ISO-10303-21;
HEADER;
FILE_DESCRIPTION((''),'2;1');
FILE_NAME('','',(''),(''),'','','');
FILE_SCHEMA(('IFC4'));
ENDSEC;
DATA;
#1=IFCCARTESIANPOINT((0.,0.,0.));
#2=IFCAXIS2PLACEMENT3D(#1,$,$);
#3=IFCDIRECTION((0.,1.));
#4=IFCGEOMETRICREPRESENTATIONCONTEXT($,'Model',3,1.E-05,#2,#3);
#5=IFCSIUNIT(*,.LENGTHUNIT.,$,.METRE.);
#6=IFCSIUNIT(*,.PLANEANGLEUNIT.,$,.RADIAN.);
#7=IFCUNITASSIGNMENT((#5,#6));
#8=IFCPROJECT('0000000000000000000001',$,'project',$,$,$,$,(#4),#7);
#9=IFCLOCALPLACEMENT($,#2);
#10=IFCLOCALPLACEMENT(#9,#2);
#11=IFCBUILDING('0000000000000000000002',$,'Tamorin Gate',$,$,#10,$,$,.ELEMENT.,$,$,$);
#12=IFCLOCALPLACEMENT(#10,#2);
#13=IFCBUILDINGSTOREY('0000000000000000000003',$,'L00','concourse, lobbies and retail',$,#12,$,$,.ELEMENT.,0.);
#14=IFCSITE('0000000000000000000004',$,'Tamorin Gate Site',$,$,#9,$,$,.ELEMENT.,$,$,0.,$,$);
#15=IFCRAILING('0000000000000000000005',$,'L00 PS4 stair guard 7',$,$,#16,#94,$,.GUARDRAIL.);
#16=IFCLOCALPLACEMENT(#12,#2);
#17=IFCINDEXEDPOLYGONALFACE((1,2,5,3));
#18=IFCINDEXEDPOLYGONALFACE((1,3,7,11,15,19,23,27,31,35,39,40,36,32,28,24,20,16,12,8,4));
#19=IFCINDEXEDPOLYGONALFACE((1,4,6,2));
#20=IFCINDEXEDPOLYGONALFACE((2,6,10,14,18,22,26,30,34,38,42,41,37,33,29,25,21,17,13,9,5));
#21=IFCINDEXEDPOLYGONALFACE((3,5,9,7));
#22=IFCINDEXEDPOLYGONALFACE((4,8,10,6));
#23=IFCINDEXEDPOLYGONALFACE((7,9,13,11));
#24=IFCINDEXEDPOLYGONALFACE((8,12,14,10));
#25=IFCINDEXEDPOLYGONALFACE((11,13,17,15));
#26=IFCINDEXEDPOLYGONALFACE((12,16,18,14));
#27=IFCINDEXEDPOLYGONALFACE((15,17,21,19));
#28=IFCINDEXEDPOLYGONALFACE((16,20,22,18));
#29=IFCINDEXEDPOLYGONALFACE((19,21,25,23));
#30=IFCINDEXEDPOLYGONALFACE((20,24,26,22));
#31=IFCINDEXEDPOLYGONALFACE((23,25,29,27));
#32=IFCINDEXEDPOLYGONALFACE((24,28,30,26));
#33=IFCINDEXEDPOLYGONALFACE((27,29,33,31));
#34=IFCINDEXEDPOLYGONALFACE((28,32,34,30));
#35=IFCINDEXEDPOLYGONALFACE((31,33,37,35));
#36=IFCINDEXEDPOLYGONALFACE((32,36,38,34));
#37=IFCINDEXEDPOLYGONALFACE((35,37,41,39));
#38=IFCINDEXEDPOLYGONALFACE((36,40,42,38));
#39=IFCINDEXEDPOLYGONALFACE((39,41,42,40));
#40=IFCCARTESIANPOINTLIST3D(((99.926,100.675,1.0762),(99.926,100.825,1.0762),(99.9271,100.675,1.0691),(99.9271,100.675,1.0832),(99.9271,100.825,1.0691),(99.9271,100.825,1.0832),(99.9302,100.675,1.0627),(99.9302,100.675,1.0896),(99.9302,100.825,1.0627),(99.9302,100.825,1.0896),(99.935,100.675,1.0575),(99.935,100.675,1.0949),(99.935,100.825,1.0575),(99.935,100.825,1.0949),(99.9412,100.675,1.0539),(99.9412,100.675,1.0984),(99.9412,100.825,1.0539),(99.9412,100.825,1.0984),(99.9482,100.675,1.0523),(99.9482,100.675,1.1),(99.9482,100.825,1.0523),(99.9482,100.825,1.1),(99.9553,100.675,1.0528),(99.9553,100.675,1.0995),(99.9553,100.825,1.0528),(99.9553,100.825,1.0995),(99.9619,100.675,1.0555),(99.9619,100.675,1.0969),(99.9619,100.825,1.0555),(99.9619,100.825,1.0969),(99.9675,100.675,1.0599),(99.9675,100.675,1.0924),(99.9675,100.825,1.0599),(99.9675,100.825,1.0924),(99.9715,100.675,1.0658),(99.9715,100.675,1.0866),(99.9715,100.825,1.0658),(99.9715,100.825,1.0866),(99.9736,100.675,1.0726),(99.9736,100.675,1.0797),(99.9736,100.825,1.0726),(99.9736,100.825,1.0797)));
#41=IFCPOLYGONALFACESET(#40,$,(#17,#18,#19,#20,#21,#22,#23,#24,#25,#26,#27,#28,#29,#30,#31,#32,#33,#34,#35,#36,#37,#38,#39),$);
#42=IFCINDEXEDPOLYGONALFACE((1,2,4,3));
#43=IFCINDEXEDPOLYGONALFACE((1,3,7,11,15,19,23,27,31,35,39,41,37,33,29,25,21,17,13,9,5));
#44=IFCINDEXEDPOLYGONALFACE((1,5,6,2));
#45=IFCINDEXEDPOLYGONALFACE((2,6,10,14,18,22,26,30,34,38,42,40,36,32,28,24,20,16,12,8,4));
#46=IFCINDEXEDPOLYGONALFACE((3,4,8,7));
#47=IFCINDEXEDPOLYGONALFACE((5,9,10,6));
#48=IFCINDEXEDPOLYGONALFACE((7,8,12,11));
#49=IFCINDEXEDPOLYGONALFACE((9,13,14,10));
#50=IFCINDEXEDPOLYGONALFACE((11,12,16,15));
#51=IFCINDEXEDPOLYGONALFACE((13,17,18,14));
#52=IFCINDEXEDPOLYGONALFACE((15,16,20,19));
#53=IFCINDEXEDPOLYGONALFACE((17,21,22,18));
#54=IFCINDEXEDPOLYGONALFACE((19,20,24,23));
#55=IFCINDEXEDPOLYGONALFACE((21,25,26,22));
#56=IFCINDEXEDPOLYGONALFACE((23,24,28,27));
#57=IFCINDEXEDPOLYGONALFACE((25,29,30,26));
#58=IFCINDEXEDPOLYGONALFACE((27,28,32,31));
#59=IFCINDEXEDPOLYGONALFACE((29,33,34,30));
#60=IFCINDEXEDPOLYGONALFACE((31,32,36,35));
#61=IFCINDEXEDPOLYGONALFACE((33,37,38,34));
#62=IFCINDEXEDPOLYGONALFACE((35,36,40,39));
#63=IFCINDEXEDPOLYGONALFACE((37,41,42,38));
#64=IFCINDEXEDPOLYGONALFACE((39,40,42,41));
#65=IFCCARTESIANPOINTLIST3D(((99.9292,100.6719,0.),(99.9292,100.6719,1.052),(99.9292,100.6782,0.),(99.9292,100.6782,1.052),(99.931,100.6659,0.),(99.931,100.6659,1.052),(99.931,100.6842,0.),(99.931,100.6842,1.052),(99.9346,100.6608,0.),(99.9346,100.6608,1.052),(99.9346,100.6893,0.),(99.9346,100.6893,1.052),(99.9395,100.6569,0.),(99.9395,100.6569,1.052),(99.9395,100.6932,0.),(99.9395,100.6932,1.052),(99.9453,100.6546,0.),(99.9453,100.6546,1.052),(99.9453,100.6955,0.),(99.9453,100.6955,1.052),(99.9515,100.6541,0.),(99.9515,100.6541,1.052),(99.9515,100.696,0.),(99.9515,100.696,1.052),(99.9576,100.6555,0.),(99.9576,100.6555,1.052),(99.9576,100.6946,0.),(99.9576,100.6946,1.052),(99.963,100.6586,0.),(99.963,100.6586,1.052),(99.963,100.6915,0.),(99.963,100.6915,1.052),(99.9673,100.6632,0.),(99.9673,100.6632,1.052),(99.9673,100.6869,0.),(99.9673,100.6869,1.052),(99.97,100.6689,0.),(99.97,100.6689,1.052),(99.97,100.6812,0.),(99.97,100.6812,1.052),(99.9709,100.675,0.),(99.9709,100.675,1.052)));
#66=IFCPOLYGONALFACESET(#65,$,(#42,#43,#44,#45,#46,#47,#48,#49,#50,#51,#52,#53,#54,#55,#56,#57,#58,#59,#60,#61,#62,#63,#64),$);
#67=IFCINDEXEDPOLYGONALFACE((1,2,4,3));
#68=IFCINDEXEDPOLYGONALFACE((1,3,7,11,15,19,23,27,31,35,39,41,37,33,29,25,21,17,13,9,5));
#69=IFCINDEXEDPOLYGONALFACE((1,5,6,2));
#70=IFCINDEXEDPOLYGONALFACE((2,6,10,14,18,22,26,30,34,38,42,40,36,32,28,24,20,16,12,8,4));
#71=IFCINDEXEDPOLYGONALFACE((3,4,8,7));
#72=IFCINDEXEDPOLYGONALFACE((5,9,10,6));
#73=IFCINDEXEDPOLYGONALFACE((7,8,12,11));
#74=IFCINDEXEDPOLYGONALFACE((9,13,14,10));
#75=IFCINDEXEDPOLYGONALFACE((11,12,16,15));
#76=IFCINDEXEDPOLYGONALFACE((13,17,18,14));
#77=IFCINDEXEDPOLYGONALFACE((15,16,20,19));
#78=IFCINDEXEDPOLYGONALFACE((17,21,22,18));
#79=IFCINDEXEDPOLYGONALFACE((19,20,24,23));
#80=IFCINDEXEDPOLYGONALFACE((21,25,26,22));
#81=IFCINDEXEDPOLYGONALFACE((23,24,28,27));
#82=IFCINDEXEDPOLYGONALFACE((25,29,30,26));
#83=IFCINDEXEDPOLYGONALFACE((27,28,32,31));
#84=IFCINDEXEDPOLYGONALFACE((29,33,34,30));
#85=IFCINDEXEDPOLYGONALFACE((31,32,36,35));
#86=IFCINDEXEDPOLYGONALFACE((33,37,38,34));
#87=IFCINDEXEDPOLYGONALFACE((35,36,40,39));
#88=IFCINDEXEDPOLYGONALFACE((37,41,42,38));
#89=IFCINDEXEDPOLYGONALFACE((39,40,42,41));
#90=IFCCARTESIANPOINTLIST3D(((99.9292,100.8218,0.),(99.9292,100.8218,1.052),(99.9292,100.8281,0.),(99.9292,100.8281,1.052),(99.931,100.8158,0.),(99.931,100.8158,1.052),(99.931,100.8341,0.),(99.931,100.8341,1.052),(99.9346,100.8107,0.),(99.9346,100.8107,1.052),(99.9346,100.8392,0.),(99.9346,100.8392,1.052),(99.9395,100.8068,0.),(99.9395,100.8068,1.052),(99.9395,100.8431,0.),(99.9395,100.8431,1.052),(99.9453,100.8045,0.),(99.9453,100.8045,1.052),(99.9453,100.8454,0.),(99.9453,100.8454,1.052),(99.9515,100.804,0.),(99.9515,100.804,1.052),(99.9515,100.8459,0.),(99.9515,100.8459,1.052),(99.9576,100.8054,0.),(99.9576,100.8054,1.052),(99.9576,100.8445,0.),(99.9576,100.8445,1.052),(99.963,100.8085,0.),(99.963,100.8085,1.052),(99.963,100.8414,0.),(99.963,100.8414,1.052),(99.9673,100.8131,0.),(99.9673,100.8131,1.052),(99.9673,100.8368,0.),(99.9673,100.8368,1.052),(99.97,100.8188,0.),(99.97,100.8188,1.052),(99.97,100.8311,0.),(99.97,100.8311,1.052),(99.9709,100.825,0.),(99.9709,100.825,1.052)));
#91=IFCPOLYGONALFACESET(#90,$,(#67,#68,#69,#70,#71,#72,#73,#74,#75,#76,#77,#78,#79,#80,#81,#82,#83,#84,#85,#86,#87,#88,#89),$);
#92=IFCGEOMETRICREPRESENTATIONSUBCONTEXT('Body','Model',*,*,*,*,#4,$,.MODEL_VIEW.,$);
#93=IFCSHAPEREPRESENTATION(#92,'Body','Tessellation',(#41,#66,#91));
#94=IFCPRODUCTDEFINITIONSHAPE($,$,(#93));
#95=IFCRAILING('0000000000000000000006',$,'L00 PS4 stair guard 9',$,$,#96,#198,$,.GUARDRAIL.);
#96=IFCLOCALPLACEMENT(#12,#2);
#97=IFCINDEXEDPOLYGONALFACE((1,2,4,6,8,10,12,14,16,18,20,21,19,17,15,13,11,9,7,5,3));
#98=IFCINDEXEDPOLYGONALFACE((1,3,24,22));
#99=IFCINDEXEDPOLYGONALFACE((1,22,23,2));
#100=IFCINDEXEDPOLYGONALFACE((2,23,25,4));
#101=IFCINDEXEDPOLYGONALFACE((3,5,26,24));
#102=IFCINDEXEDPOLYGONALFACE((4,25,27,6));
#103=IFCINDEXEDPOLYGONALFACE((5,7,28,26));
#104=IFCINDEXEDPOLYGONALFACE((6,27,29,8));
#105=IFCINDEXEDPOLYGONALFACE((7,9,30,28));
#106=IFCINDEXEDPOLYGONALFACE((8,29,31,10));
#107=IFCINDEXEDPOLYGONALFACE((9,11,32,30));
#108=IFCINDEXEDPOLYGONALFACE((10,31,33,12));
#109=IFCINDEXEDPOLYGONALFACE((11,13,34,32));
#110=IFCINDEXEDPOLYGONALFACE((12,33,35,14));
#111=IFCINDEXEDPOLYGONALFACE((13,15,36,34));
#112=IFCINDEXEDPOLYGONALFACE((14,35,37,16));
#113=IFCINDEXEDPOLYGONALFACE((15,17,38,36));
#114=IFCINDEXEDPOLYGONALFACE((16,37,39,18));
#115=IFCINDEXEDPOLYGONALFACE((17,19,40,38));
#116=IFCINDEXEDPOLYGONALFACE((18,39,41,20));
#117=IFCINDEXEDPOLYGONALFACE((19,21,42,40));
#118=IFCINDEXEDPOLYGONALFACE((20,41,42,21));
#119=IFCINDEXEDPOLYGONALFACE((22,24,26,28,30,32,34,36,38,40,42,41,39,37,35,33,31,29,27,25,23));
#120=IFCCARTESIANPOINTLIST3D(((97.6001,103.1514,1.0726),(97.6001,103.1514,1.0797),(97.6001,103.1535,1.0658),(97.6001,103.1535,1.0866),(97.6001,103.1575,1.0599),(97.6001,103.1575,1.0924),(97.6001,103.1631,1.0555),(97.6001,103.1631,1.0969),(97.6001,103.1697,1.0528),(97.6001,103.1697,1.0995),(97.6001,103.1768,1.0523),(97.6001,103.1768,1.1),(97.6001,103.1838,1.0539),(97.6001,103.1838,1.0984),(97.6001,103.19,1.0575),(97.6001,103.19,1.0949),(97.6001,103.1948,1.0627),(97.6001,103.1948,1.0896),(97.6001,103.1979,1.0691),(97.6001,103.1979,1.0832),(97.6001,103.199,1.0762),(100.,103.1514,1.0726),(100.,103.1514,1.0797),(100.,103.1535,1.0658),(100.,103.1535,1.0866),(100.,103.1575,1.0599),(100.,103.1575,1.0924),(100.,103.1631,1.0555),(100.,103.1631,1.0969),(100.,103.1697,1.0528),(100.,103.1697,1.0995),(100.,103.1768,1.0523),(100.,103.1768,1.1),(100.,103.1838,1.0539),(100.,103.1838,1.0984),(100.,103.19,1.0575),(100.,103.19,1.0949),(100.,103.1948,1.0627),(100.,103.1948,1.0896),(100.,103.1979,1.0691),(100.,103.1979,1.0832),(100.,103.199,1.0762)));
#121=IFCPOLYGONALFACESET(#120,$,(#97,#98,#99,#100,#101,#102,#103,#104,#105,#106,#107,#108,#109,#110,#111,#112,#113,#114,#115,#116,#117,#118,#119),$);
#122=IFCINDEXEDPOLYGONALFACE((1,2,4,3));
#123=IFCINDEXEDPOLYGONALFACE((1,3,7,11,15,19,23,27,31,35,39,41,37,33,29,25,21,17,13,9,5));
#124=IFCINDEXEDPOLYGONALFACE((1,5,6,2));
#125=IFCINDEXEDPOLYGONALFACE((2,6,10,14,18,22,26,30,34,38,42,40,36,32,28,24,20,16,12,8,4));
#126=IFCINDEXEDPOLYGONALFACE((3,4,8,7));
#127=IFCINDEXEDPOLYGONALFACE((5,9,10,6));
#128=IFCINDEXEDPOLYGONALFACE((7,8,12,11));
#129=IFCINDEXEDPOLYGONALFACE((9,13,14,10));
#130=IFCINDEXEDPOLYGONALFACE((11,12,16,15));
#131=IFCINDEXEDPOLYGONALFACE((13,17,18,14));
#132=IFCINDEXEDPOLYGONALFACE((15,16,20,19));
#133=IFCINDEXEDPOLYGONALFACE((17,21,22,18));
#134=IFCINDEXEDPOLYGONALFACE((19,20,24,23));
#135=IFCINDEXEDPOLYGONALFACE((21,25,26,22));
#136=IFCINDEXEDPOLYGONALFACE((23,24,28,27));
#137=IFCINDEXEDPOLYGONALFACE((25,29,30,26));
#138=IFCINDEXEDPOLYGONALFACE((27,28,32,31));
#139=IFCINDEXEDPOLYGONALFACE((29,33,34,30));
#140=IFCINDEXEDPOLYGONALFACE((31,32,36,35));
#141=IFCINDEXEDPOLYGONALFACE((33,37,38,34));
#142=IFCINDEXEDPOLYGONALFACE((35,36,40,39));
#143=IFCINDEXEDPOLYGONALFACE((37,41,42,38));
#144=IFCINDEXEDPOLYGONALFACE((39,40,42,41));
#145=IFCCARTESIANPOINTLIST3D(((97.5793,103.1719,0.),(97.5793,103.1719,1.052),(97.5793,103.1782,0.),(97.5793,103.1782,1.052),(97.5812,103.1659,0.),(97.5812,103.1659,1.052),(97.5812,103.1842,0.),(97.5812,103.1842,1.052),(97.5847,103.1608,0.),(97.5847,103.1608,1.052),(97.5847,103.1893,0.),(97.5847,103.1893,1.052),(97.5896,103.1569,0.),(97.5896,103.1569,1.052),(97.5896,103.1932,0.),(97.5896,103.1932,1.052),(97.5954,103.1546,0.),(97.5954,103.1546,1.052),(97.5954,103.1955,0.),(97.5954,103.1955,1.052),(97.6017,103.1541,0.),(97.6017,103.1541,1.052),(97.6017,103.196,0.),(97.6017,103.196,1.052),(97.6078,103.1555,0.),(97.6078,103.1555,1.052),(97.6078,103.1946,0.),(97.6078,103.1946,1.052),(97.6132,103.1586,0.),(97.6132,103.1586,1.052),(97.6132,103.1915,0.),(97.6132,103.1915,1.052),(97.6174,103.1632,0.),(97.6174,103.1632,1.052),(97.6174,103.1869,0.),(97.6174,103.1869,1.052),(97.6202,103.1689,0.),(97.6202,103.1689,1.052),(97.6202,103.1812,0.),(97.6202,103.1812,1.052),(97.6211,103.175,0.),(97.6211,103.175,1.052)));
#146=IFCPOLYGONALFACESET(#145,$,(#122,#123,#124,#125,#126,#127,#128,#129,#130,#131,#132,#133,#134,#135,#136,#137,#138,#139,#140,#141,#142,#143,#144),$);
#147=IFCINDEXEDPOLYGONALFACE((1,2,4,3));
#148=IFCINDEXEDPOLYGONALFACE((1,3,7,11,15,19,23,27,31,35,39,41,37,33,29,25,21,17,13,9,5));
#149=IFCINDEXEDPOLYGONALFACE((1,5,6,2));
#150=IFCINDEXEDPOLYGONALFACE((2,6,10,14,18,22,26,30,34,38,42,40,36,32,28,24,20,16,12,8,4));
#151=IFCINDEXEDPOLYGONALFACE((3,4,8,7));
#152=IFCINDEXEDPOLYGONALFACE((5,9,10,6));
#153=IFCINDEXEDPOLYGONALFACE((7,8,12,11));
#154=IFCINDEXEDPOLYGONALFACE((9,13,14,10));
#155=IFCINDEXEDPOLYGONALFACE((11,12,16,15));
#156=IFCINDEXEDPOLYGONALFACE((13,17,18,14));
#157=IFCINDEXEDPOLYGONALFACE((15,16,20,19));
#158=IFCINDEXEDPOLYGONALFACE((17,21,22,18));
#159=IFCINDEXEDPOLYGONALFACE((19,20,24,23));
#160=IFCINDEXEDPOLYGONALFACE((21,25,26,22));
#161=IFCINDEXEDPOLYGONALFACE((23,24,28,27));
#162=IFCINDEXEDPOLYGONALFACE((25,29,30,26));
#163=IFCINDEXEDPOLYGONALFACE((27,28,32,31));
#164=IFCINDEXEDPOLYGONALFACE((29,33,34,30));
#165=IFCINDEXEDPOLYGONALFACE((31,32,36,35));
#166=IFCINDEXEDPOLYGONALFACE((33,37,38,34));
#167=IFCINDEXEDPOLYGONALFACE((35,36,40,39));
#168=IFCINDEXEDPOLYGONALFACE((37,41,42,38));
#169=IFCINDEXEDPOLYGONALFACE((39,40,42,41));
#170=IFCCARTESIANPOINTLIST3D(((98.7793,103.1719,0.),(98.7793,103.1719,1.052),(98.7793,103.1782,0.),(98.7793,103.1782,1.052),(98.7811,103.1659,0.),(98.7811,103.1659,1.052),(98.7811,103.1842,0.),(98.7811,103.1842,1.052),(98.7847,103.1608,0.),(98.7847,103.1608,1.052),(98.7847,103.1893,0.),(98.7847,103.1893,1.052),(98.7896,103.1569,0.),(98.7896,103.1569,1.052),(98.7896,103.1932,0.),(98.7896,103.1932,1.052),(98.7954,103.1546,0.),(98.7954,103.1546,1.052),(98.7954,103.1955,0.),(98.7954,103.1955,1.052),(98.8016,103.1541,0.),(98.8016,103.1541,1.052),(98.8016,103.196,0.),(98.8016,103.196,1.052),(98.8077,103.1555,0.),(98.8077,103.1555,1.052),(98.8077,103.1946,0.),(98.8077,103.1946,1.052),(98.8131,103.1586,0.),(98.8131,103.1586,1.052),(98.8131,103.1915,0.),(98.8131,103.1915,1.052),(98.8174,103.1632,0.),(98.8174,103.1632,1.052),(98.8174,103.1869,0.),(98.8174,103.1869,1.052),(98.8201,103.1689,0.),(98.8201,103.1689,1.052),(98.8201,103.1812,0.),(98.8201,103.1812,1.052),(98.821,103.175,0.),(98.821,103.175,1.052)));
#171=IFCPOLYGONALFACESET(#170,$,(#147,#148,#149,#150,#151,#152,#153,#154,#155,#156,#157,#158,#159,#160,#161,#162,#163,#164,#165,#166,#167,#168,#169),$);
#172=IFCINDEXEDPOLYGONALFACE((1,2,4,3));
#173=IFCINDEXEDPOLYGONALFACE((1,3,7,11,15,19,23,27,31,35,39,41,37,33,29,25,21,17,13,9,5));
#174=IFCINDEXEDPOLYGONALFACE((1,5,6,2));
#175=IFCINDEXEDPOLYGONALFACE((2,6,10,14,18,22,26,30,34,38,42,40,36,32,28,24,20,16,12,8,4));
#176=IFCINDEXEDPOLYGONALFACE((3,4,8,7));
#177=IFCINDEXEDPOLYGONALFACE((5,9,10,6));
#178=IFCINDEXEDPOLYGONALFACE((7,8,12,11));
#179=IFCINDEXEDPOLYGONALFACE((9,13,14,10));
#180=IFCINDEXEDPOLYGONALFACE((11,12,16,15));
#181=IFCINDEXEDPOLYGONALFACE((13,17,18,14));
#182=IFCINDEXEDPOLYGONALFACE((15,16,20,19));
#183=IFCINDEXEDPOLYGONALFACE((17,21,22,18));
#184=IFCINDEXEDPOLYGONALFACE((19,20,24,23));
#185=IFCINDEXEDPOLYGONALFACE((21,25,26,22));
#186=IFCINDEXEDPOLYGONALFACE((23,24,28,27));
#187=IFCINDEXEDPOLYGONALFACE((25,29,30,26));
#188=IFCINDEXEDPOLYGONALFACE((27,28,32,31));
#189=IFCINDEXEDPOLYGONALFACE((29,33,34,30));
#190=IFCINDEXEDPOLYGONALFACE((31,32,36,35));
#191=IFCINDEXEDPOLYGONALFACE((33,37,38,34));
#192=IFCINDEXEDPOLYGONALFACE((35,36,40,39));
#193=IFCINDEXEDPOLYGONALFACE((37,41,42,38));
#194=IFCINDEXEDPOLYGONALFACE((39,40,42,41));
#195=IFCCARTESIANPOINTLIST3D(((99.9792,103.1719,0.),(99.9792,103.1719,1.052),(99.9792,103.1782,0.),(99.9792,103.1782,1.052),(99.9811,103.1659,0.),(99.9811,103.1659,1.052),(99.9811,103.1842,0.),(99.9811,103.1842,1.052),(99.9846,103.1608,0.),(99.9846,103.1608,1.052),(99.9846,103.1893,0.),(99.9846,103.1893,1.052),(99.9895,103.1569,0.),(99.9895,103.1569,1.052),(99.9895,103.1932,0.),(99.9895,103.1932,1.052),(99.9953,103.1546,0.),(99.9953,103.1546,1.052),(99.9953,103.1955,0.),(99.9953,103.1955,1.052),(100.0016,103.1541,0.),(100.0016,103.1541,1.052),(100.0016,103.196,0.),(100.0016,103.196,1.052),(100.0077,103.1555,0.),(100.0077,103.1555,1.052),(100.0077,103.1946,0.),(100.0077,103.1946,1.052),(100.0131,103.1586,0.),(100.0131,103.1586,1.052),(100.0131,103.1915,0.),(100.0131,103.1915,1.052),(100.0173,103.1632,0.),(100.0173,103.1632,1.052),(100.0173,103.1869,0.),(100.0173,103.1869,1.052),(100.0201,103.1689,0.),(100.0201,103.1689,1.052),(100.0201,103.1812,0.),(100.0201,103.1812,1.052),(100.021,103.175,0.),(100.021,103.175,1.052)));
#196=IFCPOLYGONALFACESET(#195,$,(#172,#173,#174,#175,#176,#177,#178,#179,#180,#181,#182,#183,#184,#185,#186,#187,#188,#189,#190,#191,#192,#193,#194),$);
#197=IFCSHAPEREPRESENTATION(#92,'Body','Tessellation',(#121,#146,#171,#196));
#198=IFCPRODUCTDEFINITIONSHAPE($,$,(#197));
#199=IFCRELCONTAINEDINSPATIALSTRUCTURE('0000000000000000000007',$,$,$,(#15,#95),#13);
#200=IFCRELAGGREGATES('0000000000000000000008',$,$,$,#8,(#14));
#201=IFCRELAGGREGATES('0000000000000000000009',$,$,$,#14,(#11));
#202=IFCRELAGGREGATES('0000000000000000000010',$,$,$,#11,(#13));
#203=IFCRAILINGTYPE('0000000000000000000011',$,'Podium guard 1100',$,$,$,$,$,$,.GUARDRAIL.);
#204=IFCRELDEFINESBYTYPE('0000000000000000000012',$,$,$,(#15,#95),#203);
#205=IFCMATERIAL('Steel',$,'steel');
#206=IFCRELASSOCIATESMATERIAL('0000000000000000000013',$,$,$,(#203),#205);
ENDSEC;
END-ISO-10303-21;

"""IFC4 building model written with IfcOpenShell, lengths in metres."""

from ifc_helpers import new_model, si_unit, direction, frame, origin, origin_2d, place, context, subcontext, project, spatial, circle, extrude, material, type_object, element, save


model = new_model("IFC4")

# Units and contexts
model_context = context("Model", 3, precision=1e-05, world=origin(), true_north=direction((0.0, 1.0)))
body_context = subcontext(model_context, "Body", "Model", "MODEL_VIEW")
ifc_project = project(units=[si_unit("LENGTHUNIT", "METRE"), si_unit("PLANEANGLEUNIT", "RADIAN")], contexts=[model_context])

# Site, building, storey
site_placement = place(None, origin())
site = spatial("IfcSite", under=ifc_project, at=site_placement, Name="Tamorin Gate Site", CompositionType="ELEMENT", RefElevation=0.0)
building_placement = place(site_placement, origin())
building = spatial("IfcBuilding", under=site, at=building_placement, Name="Tamorin Gate", CompositionType="ELEMENT")
storey_placement = place(building_placement, origin())
storey = spatial("IfcBuildingStorey", under=building, at=storey_placement, Name="L00", Description="concourse, lobbies and retail", CompositionType="ELEMENT", Elevation=0.0)

# Railings
ifc_material_1 = material(Name="Steel", Category="steel")
railing_type_1 = type_object("IfcRailingType", Name="Podium guard 1100", PredefinedType="GUARDRAIL", material=ifc_material_1)
railing_1_placement = place(storey_placement, frame((99.95, 100.675, 0.0)))
element("IfcRailing", 1, at=railing_1_placement, inside=storey, type_object=railing_type_1, Name="L00 PS4 stair guard 7", PredefinedType="GUARDRAIL", context=body_context, shape_type="SweptSolid", body=[
    extrude(circle(Radius=0.0239, at=origin_2d()), frame((0.0, 0.0, 1.0762), z_axis=(0.0, 1.0, 0.0), x_axis=(-1.0, 0.0, 0.0)), (0.0, 0.0, 1.0), 0.1499),
    extrude(circle(Radius=0.021, at=origin_2d()), origin(), (0.0, 0.0, 1.0), 1.052),
    extrude(circle(Radius=0.021, at=origin_2d()), frame((0.0, 0.1499, 0.0)), (0.0, 0.0, 1.0), 1.052),
])
railing_2_placement = place(storey_placement, frame((97.6001, 103.175, 0.0)))
element("IfcRailing", 2, at=railing_2_placement, inside=storey, type_object=railing_type_1, Name="L00 PS4 stair guard 9", PredefinedType="GUARDRAIL", context=body_context, shape_type="SweptSolid", body=[
    extrude(circle(Radius=0.0239, at=origin_2d()), frame((0.0, 0.0, 1.0762), z_axis=(1.0, 0.0, 0.0), x_axis=(0.0, 1.0, 0.0)), (0.0, 0.0, 1.0), 2.3999),
    extrude(circle(Radius=0.021, at=origin_2d()), origin(), (0.0, 0.0, 1.0), 1.052),
    extrude(circle(Radius=0.021, at=origin_2d()), frame((1.2, 0.0, 0.0)), (0.0, 0.0, 1.0), 1.052),
    extrude(circle(Radius=0.021, at=origin_2d()), frame((2.3999, 0.0, 0.0)), (0.0, 0.0, 1.0), 1.052),
])

save(model, "model.ifc")
